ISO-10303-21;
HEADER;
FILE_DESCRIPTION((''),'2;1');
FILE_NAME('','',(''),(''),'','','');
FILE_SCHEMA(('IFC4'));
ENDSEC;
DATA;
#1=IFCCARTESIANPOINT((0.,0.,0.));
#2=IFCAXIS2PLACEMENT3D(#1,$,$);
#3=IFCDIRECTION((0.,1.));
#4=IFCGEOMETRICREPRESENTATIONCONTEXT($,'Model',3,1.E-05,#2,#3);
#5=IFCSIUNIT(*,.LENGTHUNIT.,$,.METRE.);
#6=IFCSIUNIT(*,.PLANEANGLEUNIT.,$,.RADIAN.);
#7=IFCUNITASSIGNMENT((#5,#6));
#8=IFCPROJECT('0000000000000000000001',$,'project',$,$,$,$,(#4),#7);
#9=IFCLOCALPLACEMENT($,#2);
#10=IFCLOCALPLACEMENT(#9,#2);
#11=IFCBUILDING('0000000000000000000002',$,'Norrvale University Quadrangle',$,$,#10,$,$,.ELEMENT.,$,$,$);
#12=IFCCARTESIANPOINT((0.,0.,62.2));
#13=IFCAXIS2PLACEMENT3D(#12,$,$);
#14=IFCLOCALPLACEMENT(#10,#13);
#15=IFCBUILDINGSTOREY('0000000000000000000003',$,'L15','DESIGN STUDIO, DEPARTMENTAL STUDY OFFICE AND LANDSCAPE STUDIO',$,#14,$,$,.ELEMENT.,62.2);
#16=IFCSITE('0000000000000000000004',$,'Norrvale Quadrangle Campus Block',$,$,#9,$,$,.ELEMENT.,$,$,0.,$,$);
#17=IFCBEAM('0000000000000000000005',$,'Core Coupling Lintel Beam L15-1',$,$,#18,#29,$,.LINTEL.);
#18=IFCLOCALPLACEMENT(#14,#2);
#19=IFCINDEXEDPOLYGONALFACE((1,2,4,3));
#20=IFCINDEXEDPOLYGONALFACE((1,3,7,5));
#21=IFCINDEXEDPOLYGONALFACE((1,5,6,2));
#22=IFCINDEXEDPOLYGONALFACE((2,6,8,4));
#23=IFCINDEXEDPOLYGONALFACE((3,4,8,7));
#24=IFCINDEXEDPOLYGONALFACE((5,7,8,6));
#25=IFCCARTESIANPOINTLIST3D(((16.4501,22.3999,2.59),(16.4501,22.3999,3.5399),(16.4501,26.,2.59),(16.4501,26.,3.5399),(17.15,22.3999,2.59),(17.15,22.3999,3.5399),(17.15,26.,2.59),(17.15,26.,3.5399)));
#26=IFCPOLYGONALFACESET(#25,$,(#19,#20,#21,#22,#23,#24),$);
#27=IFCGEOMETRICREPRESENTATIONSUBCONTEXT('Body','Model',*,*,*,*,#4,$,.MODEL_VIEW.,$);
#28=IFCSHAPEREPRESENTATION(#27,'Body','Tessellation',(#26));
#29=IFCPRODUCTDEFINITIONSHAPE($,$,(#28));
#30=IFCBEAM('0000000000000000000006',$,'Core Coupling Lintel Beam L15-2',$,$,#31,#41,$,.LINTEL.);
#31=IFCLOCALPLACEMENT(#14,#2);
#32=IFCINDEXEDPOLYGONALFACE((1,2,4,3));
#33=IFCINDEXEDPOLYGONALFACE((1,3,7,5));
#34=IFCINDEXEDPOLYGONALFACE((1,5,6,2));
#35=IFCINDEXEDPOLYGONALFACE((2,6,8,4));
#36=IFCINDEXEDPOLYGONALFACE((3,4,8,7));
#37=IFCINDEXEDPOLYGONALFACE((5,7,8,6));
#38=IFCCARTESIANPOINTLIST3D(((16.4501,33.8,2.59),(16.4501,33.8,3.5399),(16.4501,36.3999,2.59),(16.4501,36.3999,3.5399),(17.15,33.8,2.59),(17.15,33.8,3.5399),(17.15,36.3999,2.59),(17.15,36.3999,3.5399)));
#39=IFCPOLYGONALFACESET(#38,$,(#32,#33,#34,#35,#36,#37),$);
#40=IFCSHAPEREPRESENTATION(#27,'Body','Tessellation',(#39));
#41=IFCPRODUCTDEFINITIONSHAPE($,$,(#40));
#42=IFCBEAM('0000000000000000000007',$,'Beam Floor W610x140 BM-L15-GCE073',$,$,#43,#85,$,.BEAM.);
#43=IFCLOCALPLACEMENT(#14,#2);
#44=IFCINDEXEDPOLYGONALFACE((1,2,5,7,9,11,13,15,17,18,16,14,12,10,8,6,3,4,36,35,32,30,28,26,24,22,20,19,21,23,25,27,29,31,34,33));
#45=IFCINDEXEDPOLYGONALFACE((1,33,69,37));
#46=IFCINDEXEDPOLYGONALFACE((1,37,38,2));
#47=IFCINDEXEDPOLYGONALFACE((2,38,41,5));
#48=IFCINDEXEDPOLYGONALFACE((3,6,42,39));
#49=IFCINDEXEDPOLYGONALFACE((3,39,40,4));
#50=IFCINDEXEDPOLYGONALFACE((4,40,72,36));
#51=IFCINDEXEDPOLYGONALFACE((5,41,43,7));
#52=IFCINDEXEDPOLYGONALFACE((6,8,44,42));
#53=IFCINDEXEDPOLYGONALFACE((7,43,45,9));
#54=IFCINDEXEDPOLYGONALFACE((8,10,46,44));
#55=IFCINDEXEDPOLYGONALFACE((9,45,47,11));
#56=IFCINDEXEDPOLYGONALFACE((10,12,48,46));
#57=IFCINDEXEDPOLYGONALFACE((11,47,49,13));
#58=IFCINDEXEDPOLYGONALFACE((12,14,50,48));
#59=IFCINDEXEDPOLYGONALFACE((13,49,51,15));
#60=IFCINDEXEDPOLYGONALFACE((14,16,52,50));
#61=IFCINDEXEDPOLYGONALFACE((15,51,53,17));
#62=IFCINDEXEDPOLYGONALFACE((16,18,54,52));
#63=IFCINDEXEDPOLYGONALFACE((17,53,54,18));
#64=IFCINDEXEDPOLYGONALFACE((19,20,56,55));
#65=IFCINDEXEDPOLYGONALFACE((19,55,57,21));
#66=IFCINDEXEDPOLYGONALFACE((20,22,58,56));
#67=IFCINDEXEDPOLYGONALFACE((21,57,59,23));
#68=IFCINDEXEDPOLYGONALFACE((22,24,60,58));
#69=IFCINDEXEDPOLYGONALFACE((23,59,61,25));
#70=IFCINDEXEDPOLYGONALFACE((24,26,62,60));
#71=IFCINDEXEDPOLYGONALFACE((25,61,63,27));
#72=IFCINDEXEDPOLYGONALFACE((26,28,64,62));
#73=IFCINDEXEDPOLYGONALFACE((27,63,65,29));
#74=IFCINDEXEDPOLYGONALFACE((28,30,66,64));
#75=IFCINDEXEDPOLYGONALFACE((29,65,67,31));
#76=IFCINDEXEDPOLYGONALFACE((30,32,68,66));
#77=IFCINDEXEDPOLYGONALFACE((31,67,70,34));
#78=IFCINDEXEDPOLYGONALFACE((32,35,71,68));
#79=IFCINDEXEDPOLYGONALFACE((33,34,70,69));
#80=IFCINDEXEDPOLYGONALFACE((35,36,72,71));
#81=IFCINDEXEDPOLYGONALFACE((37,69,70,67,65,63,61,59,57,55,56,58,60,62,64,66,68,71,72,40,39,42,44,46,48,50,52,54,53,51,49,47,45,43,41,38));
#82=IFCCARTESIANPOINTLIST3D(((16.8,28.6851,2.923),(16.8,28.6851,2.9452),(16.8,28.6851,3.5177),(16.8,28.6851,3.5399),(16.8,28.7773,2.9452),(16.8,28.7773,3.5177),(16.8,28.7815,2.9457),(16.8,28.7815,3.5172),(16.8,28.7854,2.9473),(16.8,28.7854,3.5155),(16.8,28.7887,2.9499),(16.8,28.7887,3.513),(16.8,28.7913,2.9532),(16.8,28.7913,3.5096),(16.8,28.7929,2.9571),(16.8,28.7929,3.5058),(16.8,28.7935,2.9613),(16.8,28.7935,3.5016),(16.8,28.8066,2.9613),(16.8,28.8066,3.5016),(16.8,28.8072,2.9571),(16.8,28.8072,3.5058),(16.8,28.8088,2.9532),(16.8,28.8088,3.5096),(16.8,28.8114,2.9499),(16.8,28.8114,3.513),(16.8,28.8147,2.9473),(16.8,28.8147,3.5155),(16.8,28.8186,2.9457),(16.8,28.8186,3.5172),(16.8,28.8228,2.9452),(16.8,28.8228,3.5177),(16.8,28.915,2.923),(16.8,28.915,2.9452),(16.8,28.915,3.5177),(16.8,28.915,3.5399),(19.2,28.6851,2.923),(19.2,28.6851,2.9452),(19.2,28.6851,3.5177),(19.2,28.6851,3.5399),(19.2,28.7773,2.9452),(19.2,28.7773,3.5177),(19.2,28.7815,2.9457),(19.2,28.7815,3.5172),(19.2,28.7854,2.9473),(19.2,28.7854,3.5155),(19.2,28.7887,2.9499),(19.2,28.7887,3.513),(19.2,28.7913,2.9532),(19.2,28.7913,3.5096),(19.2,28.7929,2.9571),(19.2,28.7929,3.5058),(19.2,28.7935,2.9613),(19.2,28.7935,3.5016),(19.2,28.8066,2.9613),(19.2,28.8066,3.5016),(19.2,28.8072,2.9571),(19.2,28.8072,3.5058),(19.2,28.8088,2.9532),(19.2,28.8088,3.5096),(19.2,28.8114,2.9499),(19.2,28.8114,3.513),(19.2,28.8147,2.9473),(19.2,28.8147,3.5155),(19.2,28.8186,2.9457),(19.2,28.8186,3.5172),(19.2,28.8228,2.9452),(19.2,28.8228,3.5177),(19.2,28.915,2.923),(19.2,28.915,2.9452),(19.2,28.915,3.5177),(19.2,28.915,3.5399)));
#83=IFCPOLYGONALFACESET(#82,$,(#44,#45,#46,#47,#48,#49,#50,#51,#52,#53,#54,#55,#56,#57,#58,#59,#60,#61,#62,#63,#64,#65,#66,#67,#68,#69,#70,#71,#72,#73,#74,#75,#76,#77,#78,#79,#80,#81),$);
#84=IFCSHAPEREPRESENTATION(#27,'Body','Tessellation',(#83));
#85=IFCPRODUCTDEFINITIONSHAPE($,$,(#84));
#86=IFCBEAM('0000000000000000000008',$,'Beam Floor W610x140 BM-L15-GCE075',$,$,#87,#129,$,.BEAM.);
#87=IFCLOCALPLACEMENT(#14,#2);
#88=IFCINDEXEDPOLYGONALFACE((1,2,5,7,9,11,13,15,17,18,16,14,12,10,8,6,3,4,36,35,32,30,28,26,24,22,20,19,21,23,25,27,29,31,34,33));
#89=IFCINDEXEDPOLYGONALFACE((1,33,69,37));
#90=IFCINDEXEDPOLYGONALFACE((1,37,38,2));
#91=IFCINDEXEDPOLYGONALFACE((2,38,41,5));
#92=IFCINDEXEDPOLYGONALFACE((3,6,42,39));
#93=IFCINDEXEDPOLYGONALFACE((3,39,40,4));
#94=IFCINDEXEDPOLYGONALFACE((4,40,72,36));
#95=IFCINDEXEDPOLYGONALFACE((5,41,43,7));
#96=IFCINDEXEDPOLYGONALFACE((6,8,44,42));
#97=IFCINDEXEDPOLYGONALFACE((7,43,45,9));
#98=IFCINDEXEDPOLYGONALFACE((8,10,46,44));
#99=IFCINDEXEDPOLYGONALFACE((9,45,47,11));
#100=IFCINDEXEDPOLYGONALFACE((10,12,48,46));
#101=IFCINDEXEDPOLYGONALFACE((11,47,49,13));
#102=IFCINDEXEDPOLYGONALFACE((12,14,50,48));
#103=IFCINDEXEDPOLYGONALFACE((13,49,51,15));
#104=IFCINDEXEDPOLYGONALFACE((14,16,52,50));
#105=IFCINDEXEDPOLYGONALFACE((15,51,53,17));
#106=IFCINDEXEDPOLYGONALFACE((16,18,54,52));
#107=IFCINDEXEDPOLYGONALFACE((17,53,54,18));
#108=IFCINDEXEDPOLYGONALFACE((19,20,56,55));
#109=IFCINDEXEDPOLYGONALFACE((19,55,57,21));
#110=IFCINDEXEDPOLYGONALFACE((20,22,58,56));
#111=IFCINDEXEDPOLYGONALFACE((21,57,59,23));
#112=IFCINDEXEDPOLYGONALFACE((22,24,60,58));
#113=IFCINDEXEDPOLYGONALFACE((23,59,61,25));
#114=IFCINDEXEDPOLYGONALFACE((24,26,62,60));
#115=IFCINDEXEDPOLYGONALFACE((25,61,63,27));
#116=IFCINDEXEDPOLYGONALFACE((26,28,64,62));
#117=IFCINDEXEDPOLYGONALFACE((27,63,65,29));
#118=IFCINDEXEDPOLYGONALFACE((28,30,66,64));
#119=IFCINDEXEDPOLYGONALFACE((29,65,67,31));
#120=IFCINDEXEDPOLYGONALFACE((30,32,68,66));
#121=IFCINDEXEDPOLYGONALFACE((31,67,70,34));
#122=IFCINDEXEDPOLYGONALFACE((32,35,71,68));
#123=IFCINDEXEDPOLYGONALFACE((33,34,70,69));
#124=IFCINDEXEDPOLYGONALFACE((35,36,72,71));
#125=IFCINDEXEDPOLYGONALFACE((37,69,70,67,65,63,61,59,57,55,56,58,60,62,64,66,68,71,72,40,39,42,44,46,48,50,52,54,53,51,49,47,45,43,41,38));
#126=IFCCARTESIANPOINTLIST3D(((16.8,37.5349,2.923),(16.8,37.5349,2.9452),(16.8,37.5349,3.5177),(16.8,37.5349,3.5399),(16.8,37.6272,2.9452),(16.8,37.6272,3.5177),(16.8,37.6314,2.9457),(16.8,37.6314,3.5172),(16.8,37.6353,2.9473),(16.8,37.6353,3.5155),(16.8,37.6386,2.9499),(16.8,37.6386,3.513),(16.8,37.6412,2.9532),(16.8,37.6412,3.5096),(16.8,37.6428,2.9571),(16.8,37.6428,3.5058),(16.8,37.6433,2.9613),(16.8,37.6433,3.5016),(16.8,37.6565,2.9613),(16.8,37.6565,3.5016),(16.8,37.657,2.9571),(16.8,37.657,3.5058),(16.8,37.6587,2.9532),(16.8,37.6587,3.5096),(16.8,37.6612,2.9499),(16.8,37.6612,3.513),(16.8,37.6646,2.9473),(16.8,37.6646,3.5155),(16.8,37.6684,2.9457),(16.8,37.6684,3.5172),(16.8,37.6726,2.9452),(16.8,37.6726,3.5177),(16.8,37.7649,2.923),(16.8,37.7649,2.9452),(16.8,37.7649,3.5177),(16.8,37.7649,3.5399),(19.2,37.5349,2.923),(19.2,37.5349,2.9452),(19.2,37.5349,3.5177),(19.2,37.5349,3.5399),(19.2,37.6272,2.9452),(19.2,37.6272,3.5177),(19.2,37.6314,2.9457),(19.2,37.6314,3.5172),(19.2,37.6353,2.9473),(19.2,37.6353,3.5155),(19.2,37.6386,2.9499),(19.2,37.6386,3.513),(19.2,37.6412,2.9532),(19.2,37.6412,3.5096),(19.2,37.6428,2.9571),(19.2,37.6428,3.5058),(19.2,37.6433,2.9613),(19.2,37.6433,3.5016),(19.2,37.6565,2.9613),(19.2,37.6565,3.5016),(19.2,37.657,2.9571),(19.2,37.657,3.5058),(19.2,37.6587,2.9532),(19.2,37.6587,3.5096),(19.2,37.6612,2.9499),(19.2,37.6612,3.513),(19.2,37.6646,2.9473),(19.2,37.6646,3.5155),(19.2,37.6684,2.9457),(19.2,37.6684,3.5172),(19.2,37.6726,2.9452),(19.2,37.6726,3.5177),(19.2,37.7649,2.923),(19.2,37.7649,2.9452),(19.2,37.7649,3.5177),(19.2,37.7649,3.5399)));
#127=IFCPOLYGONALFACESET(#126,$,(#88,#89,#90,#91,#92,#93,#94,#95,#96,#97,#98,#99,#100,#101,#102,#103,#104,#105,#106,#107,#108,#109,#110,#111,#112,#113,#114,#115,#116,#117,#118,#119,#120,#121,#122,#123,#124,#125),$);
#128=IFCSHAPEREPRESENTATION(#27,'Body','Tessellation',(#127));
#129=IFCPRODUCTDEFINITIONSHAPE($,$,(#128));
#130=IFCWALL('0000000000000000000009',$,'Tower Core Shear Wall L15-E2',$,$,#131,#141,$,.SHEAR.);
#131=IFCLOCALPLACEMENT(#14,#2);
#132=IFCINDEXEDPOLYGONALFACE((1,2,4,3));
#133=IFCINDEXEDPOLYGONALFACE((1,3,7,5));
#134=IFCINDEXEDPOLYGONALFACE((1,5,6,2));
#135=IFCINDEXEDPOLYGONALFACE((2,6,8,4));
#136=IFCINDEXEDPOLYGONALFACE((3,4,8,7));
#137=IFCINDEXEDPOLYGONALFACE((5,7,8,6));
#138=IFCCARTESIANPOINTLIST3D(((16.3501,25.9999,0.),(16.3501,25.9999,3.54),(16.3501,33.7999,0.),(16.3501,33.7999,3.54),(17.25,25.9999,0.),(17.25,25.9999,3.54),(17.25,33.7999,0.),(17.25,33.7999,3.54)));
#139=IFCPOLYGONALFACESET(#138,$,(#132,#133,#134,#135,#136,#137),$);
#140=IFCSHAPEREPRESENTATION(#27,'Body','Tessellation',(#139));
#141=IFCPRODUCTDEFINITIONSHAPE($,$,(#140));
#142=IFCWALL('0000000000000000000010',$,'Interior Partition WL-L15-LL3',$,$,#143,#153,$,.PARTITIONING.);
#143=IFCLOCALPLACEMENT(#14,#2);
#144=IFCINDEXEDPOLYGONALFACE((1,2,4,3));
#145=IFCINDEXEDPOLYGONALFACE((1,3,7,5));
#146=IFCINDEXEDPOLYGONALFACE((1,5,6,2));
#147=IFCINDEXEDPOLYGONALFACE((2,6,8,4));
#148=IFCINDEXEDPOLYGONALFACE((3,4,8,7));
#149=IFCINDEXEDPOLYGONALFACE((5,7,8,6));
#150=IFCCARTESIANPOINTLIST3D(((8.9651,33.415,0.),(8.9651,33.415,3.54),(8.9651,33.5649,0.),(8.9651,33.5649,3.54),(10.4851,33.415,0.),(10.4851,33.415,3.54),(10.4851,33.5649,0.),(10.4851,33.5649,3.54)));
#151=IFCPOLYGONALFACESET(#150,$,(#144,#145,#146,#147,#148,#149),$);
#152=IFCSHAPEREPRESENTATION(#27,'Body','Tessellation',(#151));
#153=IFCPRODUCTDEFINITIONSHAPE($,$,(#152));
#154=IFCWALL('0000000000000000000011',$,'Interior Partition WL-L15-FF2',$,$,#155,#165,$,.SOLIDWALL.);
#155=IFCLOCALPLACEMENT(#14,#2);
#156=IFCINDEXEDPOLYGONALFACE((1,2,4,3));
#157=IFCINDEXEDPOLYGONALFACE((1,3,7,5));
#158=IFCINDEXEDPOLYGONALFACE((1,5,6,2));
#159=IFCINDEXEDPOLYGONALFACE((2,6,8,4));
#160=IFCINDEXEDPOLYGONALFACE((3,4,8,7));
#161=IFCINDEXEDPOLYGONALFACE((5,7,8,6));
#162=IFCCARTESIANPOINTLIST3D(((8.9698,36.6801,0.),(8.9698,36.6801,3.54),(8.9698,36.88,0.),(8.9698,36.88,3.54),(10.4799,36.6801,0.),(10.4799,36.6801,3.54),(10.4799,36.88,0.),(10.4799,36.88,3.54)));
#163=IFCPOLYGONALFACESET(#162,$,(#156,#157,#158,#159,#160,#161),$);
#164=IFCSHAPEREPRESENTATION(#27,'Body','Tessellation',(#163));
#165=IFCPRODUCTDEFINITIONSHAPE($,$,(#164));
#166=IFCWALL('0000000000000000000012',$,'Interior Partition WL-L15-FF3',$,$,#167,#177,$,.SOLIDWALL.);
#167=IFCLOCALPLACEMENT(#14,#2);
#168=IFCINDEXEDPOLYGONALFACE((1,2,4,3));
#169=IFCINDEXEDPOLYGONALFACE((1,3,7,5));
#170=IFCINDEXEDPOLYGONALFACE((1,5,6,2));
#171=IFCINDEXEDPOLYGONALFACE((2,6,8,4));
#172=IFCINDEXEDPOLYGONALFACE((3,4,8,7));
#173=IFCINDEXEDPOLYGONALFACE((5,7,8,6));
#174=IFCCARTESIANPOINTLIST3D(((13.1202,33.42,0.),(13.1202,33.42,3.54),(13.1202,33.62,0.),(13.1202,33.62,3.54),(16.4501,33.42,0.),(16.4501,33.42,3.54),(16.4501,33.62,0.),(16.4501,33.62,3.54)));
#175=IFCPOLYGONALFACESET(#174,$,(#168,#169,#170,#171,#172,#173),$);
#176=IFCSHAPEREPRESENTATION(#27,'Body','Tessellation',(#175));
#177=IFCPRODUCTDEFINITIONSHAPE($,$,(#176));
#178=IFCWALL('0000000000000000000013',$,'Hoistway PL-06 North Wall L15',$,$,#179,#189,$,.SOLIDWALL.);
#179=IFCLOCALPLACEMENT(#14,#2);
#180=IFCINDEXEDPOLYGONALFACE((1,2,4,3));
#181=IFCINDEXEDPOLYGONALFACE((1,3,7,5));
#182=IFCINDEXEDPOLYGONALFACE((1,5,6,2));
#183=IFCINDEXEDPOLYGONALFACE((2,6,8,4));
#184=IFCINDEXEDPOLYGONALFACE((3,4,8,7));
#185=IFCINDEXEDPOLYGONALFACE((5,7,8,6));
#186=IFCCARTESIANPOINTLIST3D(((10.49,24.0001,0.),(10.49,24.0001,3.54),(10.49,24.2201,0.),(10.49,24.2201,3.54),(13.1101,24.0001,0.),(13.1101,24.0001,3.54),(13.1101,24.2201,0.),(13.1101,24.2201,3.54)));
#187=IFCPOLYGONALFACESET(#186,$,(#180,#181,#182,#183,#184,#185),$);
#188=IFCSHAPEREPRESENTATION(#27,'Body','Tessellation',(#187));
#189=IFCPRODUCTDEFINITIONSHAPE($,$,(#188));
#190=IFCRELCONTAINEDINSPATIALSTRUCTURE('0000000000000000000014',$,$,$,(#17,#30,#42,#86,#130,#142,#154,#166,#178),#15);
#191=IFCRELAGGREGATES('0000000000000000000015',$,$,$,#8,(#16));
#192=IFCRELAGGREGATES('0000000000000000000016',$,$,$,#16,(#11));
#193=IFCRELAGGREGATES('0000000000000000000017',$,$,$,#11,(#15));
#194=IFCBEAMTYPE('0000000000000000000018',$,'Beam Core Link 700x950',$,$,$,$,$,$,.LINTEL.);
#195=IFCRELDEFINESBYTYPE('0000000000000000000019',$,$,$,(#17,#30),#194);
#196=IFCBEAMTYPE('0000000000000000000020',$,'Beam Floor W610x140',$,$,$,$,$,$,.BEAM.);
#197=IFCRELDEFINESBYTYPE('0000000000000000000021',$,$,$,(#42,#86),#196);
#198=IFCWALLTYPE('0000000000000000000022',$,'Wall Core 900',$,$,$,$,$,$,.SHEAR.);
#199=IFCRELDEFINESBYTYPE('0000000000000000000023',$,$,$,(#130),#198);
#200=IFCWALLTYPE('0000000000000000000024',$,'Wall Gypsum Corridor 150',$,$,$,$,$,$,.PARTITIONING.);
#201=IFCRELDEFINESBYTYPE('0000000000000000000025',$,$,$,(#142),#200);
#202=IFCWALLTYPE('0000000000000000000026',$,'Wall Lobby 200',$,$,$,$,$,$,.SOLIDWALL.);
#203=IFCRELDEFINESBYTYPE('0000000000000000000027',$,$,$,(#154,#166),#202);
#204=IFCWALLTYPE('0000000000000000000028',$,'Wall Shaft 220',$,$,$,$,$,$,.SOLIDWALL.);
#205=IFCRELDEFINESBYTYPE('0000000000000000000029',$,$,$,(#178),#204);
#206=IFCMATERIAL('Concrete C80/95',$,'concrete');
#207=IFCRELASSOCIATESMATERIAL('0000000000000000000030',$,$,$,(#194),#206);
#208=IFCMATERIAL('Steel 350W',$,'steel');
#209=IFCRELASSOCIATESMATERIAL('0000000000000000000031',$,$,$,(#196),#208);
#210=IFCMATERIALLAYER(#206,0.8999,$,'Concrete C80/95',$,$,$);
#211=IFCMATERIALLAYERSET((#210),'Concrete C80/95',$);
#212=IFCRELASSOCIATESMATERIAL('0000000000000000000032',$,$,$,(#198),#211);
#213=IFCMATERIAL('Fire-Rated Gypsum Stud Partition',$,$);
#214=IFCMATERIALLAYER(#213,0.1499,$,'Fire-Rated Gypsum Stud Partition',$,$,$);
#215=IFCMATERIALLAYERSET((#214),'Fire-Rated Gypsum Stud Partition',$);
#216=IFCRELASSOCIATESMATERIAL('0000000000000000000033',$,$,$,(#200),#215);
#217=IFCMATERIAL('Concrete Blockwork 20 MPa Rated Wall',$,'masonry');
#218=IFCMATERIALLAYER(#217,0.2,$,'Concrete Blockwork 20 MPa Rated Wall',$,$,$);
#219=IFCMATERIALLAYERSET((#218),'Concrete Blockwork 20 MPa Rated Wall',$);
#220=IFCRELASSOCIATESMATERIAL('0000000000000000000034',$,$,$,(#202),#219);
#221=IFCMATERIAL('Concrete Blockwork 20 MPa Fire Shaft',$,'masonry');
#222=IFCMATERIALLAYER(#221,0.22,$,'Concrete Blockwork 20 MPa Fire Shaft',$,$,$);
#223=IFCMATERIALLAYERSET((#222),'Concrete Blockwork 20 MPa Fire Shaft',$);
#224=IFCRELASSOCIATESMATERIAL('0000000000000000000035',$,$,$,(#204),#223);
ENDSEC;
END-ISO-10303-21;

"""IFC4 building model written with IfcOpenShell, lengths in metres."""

from ifc_helpers import new_model, si_unit, direction, frame, frame_2d, origin, origin_2d, place, context, subcontext, project, spatial, rectangle, i_section, extrude, material, layer, layer_set, material_profile, profile_set, type_object, element, save


model = new_model("IFC4")

# Units and contexts
model_context = context("Model", 3, precision=1e-05, world=origin(), true_north=direction((0.0, 1.0)))
body_context = subcontext(model_context, "Body", "Model", "MODEL_VIEW")
ifc_project = project(units=[si_unit("LENGTHUNIT", "METRE"), si_unit("PLANEANGLEUNIT", "RADIAN")], contexts=[model_context])

# Site, building, storey
site_placement = place(None, origin())
site = spatial("IfcSite", under=ifc_project, at=site_placement, Name="Norrvale Quadrangle Campus Block", CompositionType="ELEMENT", RefElevation=0.0)
building_placement = place(site_placement, origin())
building = spatial("IfcBuilding", under=site, at=building_placement, Name="Norrvale University Quadrangle", CompositionType="ELEMENT")
storey_placement = place(building_placement, frame((0.0, 0.0, 62.2)))
storey = spatial("IfcBuildingStorey", under=building, at=storey_placement, Name="L15", Description="DESIGN STUDIO, DEPARTMENTAL STUDY OFFICE AND LANDSCAPE STUDIO", CompositionType="ELEMENT", Elevation=62.2)

# Beams
ifc_material_1 = material(Name="Concrete C80/95", Category="concrete")
ifc_material_profile_1 = material_profile(ifc_material_1, rectangle(XDim=0.7, YDim=0.95, at=origin_2d()), Name="Concrete C80/95")
ifc_profile_set_1 = profile_set([ifc_material_profile_1], Name="Concrete C80/95")
beam_type_1 = type_object("IfcBeamType", Name="Beam Core Link 700x950", PredefinedType="LINTEL", material=ifc_profile_set_1)
beam_1_placement = place(storey_placement, frame((16.8, 22.3999, 3.0649), z_axis=(0.0, 1.0, 0.0), x_axis=(-1.0, 0.0, 0.0)))
element("IfcBeam", 1, at=beam_1_placement, inside=storey, type_object=beam_type_1, Name="Core Coupling Lintel Beam L15-1", PredefinedType="LINTEL", context=body_context, shape_type="SweptSolid", body=[
    extrude(rectangle(XDim=0.7, YDim=0.95, at=origin_2d()), origin(), (0.0, 0.0, 1.0), 3.6001),
])
beam_2_placement = place(storey_placement, frame((16.8, 33.8, 3.0649), z_axis=(0.0, 1.0, 0.0), x_axis=(-1.0, 0.0, 0.0)))
element("IfcBeam", 2, at=beam_2_placement, inside=storey, type_object=beam_type_1, Name="Core Coupling Lintel Beam L15-2", PredefinedType="LINTEL", context=body_context, shape_type="SweptSolid", body=[
    extrude(rectangle(XDim=0.7, YDim=0.95, at=origin_2d()), origin(), (0.0, 0.0, 1.0), 2.5999),
])
ifc_material_2 = material(Name="Steel 350W", Category="steel")
ifc_material_profile_2 = material_profile(ifc_material_2, i_section(OverallWidth=0.23, OverallDepth=0.6169, WebThickness=0.0132, FlangeThickness=0.0222, FilletRadius=0.0161, at=origin_2d()), Name="Steel 350W")
ifc_profile_set_2 = profile_set([ifc_material_profile_2], Name="Steel 350W")
beam_type_2 = type_object("IfcBeamType", Name="Beam Floor W610x140", PredefinedType="BEAM", material=ifc_profile_set_2)
for number, where, z_axis, x_axis, name in (
    (3, (16.8, 28.8, 3.2314), (1.0, 0.0, 0.0), (0.0, 1.0, 0.0), "Beam Floor W610x140 BM-L15-GCE073"),
    (4, (16.8, 37.6499, 3.2314), (1.0, 0.0, 0.0), (0.0, 1.0, 0.0), "Beam Floor W610x140 BM-L15-GCE075"),
):
    element("IfcBeam", number, at=place(storey_placement, frame(where, z_axis=z_axis, x_axis=x_axis)), inside=storey, type_object=beam_type_2, Name=name, PredefinedType="BEAM", context=body_context, shape_type="SweptSolid", body=[
        extrude(i_section(OverallWidth=0.23, OverallDepth=0.6169, WebThickness=0.0132, FlangeThickness=0.0222, FilletRadius=0.0161, at=origin_2d()), origin(), (0.0, 0.0, 1.0), 2.3999),
    ])

# Wall
ifc_layer_1 = layer(ifc_material_1, 0.8999, Name="Concrete C80/95")
ifc_layer_set_1 = layer_set([ifc_layer_1], Name="Concrete C80/95")
wall_type_1 = type_object("IfcWallType", Name="Wall Core 900", PredefinedType="SHEAR", material=ifc_layer_set_1)
wall_1_placement = place(storey_placement, frame((16.8, 26.0, 0.0), z_axis=(0.0, 0.0, 1.0), x_axis=(0.0, 1.0, 0.0)))
element("IfcWall", 5, at=wall_1_placement, inside=storey, type_object=wall_type_1, Name="Tower Core Shear Wall L15-E2", PredefinedType="SHEAR", context=body_context, shape_type="SweptSolid", body=[
    extrude(rectangle(XDim=7.8, YDim=0.8999, at=frame_2d((3.8999, 0.0))), origin(), (0.0, 0.0, 1.0), 3.54),
])

# Walls
ifc_material_3 = material(Name="Fire-Rated Gypsum Stud Partition")
ifc_layer_2 = layer(ifc_material_3, 0.1499, Name="Fire-Rated Gypsum Stud Partition")
ifc_layer_set_2 = layer_set([ifc_layer_2], Name="Fire-Rated Gypsum Stud Partition")
wall_type_2 = type_object("IfcWallType", Name="Wall Gypsum Corridor 150", PredefinedType="PARTITIONING", material=ifc_layer_set_2)
wall_2_placement = place(storey_placement, frame((8.9651, 33.49, 0.0), z_axis=(0.0, 0.0, 1.0), x_axis=(1.0, 0.0, 0.0)))
element("IfcWall", 6, at=wall_2_placement, inside=storey, type_object=wall_type_2, Name="Interior Partition WL-L15-LL3", PredefinedType="PARTITIONING", context=body_context, shape_type="SweptSolid", body=[
    extrude(rectangle(XDim=1.52, YDim=0.1499, at=frame_2d((0.76, 0.0))), origin(), (0.0, 0.0, 1.0), 3.54),
])
ifc_material_4 = material(Name="Concrete Blockwork 20 MPa Rated Wall", Category="masonry")
ifc_layer_3 = layer(ifc_material_4, 0.2, Name="Concrete Blockwork 20 MPa Rated Wall")
ifc_layer_set_3 = layer_set([ifc_layer_3], Name="Concrete Blockwork 20 MPa Rated Wall")
wall_type_3 = type_object("IfcWallType", Name="Wall Lobby 200", PredefinedType="SOLIDWALL", material=ifc_layer_set_3)
wall_3_placement = place(storey_placement, frame((8.97, 36.78, 0.0), z_axis=(0.0, 0.0, 1.0), x_axis=(1.0, 0.0, 0.0)))
element("IfcWall", 7, at=wall_3_placement, inside=storey, type_object=wall_type_3, Name="Interior Partition WL-L15-FF2", PredefinedType="SOLIDWALL", context=body_context, shape_type="SweptSolid", body=[
    extrude(rectangle(XDim=1.51, YDim=0.2, at=frame_2d((0.7549, 0.0))), origin(), (0.0, 0.0, 1.0), 3.54),
])
wall_4_placement = place(storey_placement, frame((13.1201, 33.52, 0.0), z_axis=(0.0, 0.0, 1.0), x_axis=(1.0, 0.0, 0.0)))
element("IfcWall", 8, at=wall_4_placement, inside=storey, type_object=wall_type_3, Name="Interior Partition WL-L15-FF3", PredefinedType="SOLIDWALL", context=body_context, shape_type="SweptSolid", body=[
    extrude(rectangle(XDim=3.3298, YDim=0.2, at=frame_2d((1.665, 0.0))), origin(), (0.0, 0.0, 1.0), 3.54),
])
ifc_material_5 = material(Name="Concrete Blockwork 20 MPa Fire Shaft", Category="masonry")
ifc_layer_4 = layer(ifc_material_5, 0.22, Name="Concrete Blockwork 20 MPa Fire Shaft")
ifc_layer_set_4 = layer_set([ifc_layer_4], Name="Concrete Blockwork 20 MPa Fire Shaft")
wall_type_4 = type_object("IfcWallType", Name="Wall Shaft 220", PredefinedType="SOLIDWALL", material=ifc_layer_set_4)
wall_5_placement = place(storey_placement, frame((10.49, 24.1101, 0.0), z_axis=(0.0, 0.0, 1.0), x_axis=(1.0, 0.0, 0.0)))
element("IfcWall", 9, at=wall_5_placement, inside=storey, type_object=wall_type_4, Name="Hoistway PL-06 North Wall L15", PredefinedType="SOLIDWALL", context=body_context, shape_type="SweptSolid", body=[
    extrude(rectangle(XDim=2.6201, YDim=0.22, at=frame_2d((1.3101, 0.0))), origin(), (0.0, 0.0, 1.0), 3.54),
])

save(model, "model.ifc")
